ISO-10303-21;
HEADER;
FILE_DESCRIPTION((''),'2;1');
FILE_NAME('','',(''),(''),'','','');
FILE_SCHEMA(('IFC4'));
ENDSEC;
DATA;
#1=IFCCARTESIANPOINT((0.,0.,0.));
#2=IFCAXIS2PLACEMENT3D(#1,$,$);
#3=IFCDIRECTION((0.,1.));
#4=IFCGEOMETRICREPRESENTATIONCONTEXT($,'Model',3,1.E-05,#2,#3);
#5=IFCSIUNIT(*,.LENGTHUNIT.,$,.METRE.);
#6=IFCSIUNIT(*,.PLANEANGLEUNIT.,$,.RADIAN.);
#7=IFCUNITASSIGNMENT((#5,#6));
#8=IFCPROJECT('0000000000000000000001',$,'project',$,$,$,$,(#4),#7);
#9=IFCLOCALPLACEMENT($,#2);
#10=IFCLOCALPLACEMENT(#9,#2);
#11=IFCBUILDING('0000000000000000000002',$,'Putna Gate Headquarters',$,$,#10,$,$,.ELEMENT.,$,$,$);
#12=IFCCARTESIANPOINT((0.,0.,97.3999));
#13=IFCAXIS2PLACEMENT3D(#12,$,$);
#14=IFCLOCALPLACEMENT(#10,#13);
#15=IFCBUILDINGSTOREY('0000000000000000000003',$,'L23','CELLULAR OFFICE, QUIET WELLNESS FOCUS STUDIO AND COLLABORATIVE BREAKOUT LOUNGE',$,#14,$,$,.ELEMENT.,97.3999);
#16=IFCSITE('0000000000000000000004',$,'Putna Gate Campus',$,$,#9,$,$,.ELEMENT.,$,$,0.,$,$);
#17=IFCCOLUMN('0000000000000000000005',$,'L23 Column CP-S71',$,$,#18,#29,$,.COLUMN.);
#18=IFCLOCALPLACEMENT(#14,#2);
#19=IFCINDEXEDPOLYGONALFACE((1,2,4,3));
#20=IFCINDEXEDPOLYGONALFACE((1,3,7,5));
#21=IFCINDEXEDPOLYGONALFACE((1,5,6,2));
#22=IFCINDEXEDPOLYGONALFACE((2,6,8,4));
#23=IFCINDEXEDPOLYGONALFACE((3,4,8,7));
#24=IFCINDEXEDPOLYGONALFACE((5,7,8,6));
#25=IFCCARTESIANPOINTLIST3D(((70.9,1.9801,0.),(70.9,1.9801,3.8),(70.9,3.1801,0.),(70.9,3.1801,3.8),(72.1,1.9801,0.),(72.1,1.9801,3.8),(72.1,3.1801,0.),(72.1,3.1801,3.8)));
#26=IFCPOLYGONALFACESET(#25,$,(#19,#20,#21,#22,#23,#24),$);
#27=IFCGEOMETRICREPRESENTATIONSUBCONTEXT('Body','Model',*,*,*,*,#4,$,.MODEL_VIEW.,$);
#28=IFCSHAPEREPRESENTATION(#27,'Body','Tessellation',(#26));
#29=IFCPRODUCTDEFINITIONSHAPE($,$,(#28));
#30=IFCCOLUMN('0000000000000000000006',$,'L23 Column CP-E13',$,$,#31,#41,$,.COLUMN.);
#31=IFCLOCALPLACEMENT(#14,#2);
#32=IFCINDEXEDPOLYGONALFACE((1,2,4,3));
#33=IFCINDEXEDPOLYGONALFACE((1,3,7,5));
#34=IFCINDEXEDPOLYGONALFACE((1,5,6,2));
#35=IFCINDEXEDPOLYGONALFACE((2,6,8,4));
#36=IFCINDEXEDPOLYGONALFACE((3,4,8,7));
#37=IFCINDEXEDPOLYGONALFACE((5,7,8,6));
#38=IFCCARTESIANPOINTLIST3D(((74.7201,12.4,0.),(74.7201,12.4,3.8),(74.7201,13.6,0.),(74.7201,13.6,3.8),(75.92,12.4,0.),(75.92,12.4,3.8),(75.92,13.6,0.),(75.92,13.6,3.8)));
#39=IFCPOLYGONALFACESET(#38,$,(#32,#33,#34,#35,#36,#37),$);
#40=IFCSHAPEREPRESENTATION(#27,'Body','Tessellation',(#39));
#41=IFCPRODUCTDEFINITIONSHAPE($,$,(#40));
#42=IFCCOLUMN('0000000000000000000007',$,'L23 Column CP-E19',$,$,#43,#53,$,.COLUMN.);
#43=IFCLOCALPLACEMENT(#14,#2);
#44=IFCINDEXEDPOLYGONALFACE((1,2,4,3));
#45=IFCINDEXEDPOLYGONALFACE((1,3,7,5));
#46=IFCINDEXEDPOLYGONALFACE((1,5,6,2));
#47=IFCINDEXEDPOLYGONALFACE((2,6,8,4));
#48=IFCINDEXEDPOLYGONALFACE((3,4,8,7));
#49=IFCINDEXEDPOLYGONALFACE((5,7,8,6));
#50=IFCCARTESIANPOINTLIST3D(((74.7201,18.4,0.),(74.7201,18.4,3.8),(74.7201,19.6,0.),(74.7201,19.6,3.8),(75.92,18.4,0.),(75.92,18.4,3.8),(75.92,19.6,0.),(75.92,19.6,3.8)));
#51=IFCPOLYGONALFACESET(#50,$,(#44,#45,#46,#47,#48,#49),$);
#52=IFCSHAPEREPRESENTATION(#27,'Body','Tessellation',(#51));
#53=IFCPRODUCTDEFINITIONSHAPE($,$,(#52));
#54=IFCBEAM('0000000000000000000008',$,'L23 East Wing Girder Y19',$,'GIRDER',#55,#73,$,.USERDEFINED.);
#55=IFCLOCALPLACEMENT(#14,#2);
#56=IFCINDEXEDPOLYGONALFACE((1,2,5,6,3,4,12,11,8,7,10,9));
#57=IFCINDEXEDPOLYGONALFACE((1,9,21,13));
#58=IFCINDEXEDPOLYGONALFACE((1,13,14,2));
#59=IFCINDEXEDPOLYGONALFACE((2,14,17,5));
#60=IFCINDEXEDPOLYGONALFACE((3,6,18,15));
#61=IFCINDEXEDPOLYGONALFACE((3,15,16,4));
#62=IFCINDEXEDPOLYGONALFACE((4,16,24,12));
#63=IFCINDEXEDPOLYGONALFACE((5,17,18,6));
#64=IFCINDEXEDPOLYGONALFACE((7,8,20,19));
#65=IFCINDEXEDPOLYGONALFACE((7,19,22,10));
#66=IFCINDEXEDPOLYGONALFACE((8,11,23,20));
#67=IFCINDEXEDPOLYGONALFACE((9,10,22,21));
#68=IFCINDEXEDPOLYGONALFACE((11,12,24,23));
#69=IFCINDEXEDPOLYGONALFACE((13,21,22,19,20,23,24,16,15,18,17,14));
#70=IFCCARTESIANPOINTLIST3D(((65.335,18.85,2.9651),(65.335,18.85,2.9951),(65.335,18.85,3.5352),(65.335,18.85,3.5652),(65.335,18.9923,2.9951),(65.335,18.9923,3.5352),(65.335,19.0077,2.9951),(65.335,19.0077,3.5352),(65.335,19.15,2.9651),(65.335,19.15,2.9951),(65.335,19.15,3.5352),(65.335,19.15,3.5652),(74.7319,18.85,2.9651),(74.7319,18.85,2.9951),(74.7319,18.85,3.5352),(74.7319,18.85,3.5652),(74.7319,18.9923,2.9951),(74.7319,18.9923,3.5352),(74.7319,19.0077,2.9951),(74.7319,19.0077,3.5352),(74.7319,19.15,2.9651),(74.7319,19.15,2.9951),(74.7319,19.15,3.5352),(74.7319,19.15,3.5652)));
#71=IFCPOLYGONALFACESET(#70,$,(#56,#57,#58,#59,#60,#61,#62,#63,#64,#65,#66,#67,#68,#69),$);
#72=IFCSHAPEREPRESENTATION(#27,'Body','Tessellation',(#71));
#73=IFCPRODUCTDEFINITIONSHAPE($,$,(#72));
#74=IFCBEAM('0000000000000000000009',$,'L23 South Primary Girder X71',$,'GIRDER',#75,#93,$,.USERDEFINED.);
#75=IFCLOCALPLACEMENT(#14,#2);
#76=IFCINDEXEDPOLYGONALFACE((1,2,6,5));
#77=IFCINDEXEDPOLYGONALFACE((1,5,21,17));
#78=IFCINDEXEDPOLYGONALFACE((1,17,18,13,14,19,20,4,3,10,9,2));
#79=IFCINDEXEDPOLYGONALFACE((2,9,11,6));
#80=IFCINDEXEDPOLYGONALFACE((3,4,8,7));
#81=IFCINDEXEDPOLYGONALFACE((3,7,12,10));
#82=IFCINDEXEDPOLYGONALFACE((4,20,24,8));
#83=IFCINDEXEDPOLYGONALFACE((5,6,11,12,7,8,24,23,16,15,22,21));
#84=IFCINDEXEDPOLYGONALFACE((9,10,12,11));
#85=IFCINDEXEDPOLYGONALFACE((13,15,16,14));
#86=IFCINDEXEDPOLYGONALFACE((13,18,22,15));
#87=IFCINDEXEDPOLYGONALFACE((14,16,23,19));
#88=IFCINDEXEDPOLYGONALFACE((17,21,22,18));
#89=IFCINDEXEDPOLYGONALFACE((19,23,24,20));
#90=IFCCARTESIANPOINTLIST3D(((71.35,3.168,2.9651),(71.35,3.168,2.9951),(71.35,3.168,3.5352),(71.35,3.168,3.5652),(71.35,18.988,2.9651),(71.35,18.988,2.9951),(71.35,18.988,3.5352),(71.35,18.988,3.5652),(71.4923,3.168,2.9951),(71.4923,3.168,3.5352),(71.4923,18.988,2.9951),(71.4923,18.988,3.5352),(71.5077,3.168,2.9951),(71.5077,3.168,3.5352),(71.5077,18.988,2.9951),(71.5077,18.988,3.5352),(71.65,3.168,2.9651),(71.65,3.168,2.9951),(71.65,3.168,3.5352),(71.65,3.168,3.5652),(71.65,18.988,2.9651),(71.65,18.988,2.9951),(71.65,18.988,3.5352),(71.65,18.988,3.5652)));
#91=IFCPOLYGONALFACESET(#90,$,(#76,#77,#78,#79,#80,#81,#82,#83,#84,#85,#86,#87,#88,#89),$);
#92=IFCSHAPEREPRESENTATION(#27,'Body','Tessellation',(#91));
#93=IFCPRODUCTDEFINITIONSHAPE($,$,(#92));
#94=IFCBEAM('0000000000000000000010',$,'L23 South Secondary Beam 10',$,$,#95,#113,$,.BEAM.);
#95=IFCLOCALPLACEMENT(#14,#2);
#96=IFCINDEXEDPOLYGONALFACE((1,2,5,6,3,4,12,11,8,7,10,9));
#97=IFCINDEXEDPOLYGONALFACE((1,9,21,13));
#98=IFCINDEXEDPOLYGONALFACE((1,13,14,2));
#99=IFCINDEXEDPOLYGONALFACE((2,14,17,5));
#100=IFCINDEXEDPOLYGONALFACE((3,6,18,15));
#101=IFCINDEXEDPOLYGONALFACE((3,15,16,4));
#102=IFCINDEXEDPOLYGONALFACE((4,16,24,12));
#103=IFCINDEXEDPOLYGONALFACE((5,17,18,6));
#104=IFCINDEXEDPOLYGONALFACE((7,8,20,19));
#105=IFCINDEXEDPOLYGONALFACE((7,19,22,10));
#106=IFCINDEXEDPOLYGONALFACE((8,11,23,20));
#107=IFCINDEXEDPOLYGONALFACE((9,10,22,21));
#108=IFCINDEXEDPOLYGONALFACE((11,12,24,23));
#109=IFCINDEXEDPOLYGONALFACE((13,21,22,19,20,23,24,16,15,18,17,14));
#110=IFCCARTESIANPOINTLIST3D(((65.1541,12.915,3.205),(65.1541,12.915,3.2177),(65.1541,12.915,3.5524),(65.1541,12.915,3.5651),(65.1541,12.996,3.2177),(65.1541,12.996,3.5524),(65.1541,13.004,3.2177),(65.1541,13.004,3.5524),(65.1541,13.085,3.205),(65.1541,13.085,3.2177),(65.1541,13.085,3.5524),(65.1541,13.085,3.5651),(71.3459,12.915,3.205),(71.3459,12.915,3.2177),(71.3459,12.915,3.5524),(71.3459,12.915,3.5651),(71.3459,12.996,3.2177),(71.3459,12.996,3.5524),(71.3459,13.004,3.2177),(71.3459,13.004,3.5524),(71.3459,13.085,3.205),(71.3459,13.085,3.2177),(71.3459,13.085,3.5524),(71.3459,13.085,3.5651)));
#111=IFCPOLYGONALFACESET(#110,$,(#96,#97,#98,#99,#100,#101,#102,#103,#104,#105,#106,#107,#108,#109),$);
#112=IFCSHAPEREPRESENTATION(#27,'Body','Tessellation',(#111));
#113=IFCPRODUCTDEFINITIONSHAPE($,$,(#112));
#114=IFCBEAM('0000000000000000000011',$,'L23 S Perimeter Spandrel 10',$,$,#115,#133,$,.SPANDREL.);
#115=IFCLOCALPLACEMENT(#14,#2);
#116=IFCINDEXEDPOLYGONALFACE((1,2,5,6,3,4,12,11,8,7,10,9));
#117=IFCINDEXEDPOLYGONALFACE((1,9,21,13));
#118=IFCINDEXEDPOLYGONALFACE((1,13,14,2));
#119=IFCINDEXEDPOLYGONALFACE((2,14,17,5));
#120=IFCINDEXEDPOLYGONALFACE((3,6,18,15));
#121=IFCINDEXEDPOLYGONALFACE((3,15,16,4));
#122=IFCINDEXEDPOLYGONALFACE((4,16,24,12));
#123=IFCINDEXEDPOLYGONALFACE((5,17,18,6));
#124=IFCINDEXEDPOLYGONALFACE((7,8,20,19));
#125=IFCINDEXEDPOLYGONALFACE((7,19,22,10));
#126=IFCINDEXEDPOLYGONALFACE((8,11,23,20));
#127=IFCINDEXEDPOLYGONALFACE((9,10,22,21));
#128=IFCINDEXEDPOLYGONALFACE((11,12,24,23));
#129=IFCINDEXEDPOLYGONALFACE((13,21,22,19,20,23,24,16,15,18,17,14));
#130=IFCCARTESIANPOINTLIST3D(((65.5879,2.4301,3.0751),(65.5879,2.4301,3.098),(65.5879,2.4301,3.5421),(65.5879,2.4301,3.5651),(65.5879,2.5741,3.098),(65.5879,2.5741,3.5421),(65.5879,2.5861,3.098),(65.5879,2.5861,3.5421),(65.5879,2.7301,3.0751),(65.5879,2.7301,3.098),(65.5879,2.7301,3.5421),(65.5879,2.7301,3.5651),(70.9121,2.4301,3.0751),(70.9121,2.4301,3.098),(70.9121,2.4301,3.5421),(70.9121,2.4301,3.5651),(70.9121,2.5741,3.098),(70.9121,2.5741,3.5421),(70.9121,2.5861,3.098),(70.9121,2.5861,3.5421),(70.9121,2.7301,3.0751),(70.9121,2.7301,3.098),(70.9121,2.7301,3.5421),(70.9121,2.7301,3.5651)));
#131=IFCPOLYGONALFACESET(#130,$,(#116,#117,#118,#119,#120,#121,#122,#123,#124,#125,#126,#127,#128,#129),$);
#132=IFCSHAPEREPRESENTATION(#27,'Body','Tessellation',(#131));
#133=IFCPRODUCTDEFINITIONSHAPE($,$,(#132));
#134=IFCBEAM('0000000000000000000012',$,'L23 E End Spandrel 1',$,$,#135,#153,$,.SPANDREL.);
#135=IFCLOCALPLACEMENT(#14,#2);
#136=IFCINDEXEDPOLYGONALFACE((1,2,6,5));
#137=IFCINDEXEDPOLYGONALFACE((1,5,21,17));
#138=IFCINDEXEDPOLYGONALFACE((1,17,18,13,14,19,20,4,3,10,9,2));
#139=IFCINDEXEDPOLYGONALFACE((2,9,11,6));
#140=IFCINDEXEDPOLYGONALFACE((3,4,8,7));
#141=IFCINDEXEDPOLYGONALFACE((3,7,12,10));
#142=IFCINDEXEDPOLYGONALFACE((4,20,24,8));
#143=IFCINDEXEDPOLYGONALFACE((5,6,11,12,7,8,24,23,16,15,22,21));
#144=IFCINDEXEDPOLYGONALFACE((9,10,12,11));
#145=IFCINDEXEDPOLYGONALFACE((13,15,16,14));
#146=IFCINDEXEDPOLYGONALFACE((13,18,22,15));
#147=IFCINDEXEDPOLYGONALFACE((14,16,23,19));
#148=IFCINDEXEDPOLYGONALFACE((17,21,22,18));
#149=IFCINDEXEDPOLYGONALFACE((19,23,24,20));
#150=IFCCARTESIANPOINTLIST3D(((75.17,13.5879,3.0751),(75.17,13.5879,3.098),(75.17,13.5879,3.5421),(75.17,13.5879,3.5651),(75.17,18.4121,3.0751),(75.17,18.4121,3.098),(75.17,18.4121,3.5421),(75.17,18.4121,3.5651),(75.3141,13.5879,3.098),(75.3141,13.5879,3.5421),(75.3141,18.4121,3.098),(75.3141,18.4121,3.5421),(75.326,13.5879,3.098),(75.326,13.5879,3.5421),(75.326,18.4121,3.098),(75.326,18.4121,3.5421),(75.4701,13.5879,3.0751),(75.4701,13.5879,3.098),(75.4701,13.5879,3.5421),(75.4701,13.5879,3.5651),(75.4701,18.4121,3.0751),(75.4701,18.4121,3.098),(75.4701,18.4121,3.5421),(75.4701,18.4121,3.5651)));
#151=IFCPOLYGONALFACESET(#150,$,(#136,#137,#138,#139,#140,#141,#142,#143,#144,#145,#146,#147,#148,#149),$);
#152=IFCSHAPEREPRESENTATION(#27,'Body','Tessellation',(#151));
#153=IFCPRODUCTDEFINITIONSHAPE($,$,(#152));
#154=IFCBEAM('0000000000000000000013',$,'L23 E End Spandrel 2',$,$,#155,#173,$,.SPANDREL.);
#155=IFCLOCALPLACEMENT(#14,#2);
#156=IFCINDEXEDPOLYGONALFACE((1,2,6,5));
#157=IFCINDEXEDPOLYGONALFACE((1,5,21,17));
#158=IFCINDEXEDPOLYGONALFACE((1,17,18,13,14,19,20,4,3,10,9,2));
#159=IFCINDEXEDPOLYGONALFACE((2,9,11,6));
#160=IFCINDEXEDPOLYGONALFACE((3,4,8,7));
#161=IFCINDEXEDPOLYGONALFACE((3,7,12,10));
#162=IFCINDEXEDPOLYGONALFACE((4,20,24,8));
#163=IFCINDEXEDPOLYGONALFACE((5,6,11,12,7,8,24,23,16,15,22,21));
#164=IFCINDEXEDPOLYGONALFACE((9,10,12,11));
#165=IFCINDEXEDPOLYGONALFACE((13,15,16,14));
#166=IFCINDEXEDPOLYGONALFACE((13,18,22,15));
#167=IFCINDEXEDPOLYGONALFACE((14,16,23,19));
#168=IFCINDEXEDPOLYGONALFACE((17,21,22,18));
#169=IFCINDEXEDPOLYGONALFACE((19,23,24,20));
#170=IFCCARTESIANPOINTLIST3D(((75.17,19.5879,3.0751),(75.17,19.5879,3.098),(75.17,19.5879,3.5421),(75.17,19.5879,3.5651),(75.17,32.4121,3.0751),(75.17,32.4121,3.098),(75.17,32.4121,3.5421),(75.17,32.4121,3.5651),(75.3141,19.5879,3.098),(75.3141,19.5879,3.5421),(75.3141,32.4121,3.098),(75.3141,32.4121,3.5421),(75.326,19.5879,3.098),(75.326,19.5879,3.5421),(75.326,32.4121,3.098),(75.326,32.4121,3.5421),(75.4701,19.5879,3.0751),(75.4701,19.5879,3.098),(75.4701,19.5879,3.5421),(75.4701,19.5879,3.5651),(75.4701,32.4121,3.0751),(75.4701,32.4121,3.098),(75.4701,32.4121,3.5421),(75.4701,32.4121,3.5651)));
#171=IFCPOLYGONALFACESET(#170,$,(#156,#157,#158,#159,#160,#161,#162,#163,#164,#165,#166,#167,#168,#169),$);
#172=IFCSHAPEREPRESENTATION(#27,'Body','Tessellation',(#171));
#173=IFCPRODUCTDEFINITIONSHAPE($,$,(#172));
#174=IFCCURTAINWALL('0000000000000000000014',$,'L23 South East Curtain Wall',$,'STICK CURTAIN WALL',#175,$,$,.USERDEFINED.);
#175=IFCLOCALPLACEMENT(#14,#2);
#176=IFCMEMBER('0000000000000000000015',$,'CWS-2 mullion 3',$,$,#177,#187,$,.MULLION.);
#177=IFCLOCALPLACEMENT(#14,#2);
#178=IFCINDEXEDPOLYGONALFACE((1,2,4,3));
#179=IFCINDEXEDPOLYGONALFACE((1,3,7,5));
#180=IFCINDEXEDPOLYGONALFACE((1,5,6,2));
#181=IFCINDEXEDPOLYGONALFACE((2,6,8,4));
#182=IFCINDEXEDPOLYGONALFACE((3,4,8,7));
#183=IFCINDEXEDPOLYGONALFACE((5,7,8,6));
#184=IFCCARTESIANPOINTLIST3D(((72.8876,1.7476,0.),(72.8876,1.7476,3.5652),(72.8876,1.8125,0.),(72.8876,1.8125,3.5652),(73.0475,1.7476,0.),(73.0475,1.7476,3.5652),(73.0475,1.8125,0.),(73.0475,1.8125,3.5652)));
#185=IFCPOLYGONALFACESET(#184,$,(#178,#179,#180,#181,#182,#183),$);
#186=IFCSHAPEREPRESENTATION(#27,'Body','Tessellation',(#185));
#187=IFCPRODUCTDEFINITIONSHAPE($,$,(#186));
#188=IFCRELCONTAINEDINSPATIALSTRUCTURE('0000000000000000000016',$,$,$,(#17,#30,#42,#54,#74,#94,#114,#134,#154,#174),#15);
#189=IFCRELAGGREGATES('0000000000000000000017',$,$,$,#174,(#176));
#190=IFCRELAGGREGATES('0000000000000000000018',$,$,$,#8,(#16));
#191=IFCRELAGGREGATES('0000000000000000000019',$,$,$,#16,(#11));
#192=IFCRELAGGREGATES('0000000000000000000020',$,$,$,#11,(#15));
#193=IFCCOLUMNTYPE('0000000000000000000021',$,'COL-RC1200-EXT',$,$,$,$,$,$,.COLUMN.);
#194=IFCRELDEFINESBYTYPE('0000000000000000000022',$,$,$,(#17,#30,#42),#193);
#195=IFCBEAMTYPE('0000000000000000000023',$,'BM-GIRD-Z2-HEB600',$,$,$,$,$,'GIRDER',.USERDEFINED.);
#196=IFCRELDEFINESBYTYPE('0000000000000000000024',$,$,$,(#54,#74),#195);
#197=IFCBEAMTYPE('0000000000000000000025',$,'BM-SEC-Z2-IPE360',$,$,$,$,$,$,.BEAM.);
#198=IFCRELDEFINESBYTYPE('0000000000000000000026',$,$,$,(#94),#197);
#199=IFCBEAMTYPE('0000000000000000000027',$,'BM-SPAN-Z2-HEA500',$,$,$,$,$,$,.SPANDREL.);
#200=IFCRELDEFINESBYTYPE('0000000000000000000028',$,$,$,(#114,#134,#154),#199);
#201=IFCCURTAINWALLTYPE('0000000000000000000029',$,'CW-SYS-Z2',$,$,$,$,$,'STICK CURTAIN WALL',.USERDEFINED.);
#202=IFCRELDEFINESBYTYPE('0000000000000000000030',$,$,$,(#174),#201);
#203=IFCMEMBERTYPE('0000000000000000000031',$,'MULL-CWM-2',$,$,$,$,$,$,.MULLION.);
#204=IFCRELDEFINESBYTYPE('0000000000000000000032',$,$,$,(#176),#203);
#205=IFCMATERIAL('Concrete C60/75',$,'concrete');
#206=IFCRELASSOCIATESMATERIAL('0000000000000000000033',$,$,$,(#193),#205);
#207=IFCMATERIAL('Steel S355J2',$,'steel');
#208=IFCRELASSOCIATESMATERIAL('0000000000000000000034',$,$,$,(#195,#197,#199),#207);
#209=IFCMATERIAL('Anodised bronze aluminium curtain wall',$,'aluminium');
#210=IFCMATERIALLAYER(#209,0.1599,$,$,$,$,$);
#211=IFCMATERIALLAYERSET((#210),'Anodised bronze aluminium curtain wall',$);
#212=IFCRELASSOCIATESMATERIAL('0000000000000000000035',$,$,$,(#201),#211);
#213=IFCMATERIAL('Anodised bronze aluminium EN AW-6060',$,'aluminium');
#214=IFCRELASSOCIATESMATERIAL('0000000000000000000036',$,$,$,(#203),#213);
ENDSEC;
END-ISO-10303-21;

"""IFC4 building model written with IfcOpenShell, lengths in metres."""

from ifc_helpers import new_model, si_unit, direction, frame, origin, origin_2d, place, context, subcontext, project, spatial, rectangle, i_section, extrude, material, layer, layer_set, material_profile, profile_set, type_object, element, aggregate, save


model = new_model("IFC4")

# Units and contexts
model_context = context("Model", 3, precision=1e-05, world=origin(), true_north=direction((0.0, 1.0)))
body_context = subcontext(model_context, "Body", "Model", "MODEL_VIEW")
ifc_project = project(units=[si_unit("LENGTHUNIT", "METRE"), si_unit("PLANEANGLEUNIT", "RADIAN")], contexts=[model_context])

# Site, building, storey
site_placement = place(None, origin())
site = spatial("IfcSite", under=ifc_project, at=site_placement, Name="Putna Gate Campus", CompositionType="ELEMENT", RefElevation=0.0)
building_placement = place(site_placement, origin())
building = spatial("IfcBuilding", under=site, at=building_placement, Name="Putna Gate Headquarters", CompositionType="ELEMENT")
storey_placement = place(building_placement, frame((0.0, 0.0, 97.3999)))
storey = spatial("IfcBuildingStorey", under=building, at=storey_placement, Name="L23", Description="CELLULAR OFFICE, QUIET WELLNESS FOCUS STUDIO AND COLLABORATIVE BREAKOUT LOUNGE", CompositionType="ELEMENT", Elevation=97.3999)

# Columns
ifc_material_1 = material(Name="Concrete C60/75", Category="concrete")
ifc_material_profile_1 = material_profile(ifc_material_1, rectangle(XDim=1.2, YDim=1.2, at=origin_2d()), Name="Concrete C60/75")
ifc_profile_set_1 = profile_set([ifc_material_profile_1], Name="Concrete C60/75")
column_type = type_object("IfcColumnType", Name="COL-RC1200-EXT", PredefinedType="COLUMN", material=ifc_profile_set_1)
for number, where, z_axis, x_axis, name in (
    (1, (71.5, 2.5801, 0.0), (0.0, 0.0, 1.0), (1.0, 0.0, 0.0), "L23 Column CP-S71"),
    (2, (75.3201, 13.0, 0.0), (0.0, 0.0, 1.0), (1.0, 0.0, 0.0), "L23 Column CP-E13"),
    (3, (75.3201, 19.0, 0.0), (0.0, 0.0, 1.0), (1.0, 0.0, 0.0), "L23 Column CP-E19"),
):
    element("IfcColumn", number, at=place(storey_placement, frame(where, z_axis=z_axis, x_axis=x_axis)), inside=storey, type_object=column_type, Name=name, PredefinedType="COLUMN", context=body_context, shape_type="SweptSolid", body=[
        extrude(rectangle(XDim=1.2, YDim=1.2, at=origin_2d()), origin(), (0.0, 0.0, 1.0), 3.8),
    ])

# Beams
ifc_material_2 = material(Name="Steel S355J2", Category="steel")
ifc_material_profile_2 = material_profile(ifc_material_2, i_section(OverallWidth=0.3, OverallDepth=0.6001, WebThickness=0.0154, FlangeThickness=0.03, at=origin_2d()), Name="Steel S355J2")
ifc_profile_set_2 = profile_set([ifc_material_profile_2], Name="Steel S355J2")
beam_type_1 = type_object("IfcBeamType", Name="BM-GIRD-Z2-HEB600", ElementType="GIRDER", PredefinedType="USERDEFINED", material=ifc_profile_set_2)
beam_1_placement = place(storey_placement, frame((65.335, 19.0, 3.2651), z_axis=(1.0, 0.0, 0.0), x_axis=(0.0, 1.0, 0.0)))
element("IfcBeam", 4, at=beam_1_placement, inside=storey, type_object=beam_type_1, Name="L23 East Wing Girder Y19", ObjectType="GIRDER", PredefinedType="USERDEFINED", context=body_context, shape_type="SweptSolid", body=[
    extrude(i_section(OverallWidth=0.3, OverallDepth=0.6001, WebThickness=0.0154, FlangeThickness=0.03, at=origin_2d()), origin(), (0.0, 0.0, 1.0), 9.397),
])
beam_2_placement = place(storey_placement, frame((71.5, 3.168, 3.2651), z_axis=(0.0, 1.0, 0.0), x_axis=(-1.0, 0.0, 0.0)))
element("IfcBeam", 5, at=beam_2_placement, inside=storey, type_object=beam_type_1, Name="L23 South Primary Girder X71", ObjectType="GIRDER", PredefinedType="USERDEFINED", context=body_context, shape_type="SweptSolid", body=[
    extrude(i_section(OverallWidth=0.3, OverallDepth=0.6001, WebThickness=0.0154, FlangeThickness=0.03, at=origin_2d()), origin(), (0.0, 0.0, 1.0), 15.8201),
])
ifc_material_profile_3 = material_profile(ifc_material_2, i_section(OverallWidth=0.1699, OverallDepth=0.3601, WebThickness=0.0081, FlangeThickness=0.0127, at=origin_2d()), Name="Steel S355J2")
ifc_profile_set_3 = profile_set([ifc_material_profile_3], Name="Steel S355J2")
beam_type_2 = type_object("IfcBeamType", Name="BM-SEC-Z2-IPE360", PredefinedType="BEAM", material=ifc_profile_set_3)
beam_3_placement = place(storey_placement, frame((65.1541, 13.0, 3.385), z_axis=(1.0, 0.0, 0.0), x_axis=(0.0, 1.0, 0.0)))
element("IfcBeam", 6, at=beam_3_placement, inside=storey, type_object=beam_type_2, Name="L23 South Secondary Beam 10", PredefinedType="BEAM", context=body_context, shape_type="SweptSolid", body=[
    extrude(i_section(OverallWidth=0.1699, OverallDepth=0.3601, WebThickness=0.0081, FlangeThickness=0.0127, at=origin_2d()), origin(), (0.0, 0.0, 1.0), 6.1919),
])
ifc_material_profile_4 = material_profile(ifc_material_2, i_section(OverallWidth=0.3, OverallDepth=0.49, WebThickness=0.012, FlangeThickness=0.0229, at=origin_2d()), Name="Steel S355J2")
ifc_profile_set_4 = profile_set([ifc_material_profile_4], Name="Steel S355J2")
beam_type_3 = type_object("IfcBeamType", Name="BM-SPAN-Z2-HEA500", PredefinedType="SPANDREL", material=ifc_profile_set_4)
beam_4_placement = place(storey_placement, frame((65.5879, 2.5801, 3.3201), z_axis=(1.0, 0.0, 0.0), x_axis=(0.0, 1.0, 0.0)))
element("IfcBeam", 7, at=beam_4_placement, inside=storey, type_object=beam_type_3, Name="L23 S Perimeter Spandrel 10", PredefinedType="SPANDREL", context=body_context, shape_type="SweptSolid", body=[
    extrude(i_section(OverallWidth=0.3, OverallDepth=0.49, WebThickness=0.012, FlangeThickness=0.0229, at=origin_2d()), origin(), (0.0, 0.0, 1.0), 5.3242),
])
beam_5_placement = place(storey_placement, frame((75.3201, 13.5879, 3.3201), z_axis=(0.0, 1.0, 0.0), x_axis=(-1.0, 0.0, 0.0)))
element("IfcBeam", 8, at=beam_5_placement, inside=storey, type_object=beam_type_3, Name="L23 E End Spandrel 1", PredefinedType="SPANDREL", context=body_context, shape_type="SweptSolid", body=[
    extrude(i_section(OverallWidth=0.3, OverallDepth=0.49, WebThickness=0.012, FlangeThickness=0.0229, at=origin_2d()), origin(), (0.0, 0.0, 1.0), 4.8242),
])
beam_6_placement = place(storey_placement, frame((75.3201, 19.5879, 3.3201), z_axis=(0.0, 1.0, 0.0), x_axis=(-1.0, 0.0, 0.0)))
element("IfcBeam", 9, at=beam_6_placement, inside=storey, type_object=beam_type_3, Name="L23 E End Spandrel 2", PredefinedType="SPANDREL", context=body_context, shape_type="SweptSolid", body=[
    extrude(i_section(OverallWidth=0.3, OverallDepth=0.49, WebThickness=0.012, FlangeThickness=0.0229, at=origin_2d()), origin(), (0.0, 0.0, 1.0), 12.8242),
])

# Curtain wall, member
ifc_material_3 = material(Name="Anodised bronze aluminium curtain wall", Category="aluminium")
ifc_layer_1 = layer(ifc_material_3, 0.1599)
ifc_layer_set_1 = layer_set([ifc_layer_1], Name="Anodised bronze aluminium curtain wall")
curtain_wall_type = type_object("IfcCurtainWallType", Name="CW-SYS-Z2", ElementType="STICK CURTAIN WALL", PredefinedType="USERDEFINED", material=ifc_layer_set_1)
curtain_wall_1_placement = place(storey_placement, origin())
curtain_wall_1 = element("IfcCurtainWall", 10, at=curtain_wall_1_placement, inside=storey, type_object=curtain_wall_type, Name="L23 South East Curtain Wall", ObjectType="STICK CURTAIN WALL", PredefinedType="USERDEFINED")
ifc_material_4 = material(Name="Anodised bronze aluminium EN AW-6060", Category="aluminium")
ifc_material_profile_5 = material_profile(ifc_material_4, rectangle(XDim=0.0649, YDim=0.1599, at=origin_2d()), Name="Anodised bronze aluminium EN AW-6060")
ifc_profile_set_5 = profile_set([ifc_material_profile_5], Name="Anodised bronze aluminium EN AW-6060")
member_type_1 = type_object("IfcMemberType", Name="MULL-CWM-2", PredefinedType="MULLION", material=ifc_profile_set_5)
member_1_placement = place(storey_placement, frame((72.9675, 1.78, 0.0), z_axis=(0.0, 0.0, 1.0), x_axis=(0.0, 1.0, 0.0)))
member_1 = element("IfcMember", 11, at=member_1_placement, type_object=member_type_1, Name="CWS-2 mullion 3", PredefinedType="MULLION", context=body_context, shape_type="SweptSolid", body=[
    extrude(rectangle(XDim=0.0649, YDim=0.1599, at=origin_2d()), origin(), (0.0, 0.0, 1.0), 3.5652),
])

aggregate(curtain_wall_1, [member_1])

save(model, "model.ifc")
